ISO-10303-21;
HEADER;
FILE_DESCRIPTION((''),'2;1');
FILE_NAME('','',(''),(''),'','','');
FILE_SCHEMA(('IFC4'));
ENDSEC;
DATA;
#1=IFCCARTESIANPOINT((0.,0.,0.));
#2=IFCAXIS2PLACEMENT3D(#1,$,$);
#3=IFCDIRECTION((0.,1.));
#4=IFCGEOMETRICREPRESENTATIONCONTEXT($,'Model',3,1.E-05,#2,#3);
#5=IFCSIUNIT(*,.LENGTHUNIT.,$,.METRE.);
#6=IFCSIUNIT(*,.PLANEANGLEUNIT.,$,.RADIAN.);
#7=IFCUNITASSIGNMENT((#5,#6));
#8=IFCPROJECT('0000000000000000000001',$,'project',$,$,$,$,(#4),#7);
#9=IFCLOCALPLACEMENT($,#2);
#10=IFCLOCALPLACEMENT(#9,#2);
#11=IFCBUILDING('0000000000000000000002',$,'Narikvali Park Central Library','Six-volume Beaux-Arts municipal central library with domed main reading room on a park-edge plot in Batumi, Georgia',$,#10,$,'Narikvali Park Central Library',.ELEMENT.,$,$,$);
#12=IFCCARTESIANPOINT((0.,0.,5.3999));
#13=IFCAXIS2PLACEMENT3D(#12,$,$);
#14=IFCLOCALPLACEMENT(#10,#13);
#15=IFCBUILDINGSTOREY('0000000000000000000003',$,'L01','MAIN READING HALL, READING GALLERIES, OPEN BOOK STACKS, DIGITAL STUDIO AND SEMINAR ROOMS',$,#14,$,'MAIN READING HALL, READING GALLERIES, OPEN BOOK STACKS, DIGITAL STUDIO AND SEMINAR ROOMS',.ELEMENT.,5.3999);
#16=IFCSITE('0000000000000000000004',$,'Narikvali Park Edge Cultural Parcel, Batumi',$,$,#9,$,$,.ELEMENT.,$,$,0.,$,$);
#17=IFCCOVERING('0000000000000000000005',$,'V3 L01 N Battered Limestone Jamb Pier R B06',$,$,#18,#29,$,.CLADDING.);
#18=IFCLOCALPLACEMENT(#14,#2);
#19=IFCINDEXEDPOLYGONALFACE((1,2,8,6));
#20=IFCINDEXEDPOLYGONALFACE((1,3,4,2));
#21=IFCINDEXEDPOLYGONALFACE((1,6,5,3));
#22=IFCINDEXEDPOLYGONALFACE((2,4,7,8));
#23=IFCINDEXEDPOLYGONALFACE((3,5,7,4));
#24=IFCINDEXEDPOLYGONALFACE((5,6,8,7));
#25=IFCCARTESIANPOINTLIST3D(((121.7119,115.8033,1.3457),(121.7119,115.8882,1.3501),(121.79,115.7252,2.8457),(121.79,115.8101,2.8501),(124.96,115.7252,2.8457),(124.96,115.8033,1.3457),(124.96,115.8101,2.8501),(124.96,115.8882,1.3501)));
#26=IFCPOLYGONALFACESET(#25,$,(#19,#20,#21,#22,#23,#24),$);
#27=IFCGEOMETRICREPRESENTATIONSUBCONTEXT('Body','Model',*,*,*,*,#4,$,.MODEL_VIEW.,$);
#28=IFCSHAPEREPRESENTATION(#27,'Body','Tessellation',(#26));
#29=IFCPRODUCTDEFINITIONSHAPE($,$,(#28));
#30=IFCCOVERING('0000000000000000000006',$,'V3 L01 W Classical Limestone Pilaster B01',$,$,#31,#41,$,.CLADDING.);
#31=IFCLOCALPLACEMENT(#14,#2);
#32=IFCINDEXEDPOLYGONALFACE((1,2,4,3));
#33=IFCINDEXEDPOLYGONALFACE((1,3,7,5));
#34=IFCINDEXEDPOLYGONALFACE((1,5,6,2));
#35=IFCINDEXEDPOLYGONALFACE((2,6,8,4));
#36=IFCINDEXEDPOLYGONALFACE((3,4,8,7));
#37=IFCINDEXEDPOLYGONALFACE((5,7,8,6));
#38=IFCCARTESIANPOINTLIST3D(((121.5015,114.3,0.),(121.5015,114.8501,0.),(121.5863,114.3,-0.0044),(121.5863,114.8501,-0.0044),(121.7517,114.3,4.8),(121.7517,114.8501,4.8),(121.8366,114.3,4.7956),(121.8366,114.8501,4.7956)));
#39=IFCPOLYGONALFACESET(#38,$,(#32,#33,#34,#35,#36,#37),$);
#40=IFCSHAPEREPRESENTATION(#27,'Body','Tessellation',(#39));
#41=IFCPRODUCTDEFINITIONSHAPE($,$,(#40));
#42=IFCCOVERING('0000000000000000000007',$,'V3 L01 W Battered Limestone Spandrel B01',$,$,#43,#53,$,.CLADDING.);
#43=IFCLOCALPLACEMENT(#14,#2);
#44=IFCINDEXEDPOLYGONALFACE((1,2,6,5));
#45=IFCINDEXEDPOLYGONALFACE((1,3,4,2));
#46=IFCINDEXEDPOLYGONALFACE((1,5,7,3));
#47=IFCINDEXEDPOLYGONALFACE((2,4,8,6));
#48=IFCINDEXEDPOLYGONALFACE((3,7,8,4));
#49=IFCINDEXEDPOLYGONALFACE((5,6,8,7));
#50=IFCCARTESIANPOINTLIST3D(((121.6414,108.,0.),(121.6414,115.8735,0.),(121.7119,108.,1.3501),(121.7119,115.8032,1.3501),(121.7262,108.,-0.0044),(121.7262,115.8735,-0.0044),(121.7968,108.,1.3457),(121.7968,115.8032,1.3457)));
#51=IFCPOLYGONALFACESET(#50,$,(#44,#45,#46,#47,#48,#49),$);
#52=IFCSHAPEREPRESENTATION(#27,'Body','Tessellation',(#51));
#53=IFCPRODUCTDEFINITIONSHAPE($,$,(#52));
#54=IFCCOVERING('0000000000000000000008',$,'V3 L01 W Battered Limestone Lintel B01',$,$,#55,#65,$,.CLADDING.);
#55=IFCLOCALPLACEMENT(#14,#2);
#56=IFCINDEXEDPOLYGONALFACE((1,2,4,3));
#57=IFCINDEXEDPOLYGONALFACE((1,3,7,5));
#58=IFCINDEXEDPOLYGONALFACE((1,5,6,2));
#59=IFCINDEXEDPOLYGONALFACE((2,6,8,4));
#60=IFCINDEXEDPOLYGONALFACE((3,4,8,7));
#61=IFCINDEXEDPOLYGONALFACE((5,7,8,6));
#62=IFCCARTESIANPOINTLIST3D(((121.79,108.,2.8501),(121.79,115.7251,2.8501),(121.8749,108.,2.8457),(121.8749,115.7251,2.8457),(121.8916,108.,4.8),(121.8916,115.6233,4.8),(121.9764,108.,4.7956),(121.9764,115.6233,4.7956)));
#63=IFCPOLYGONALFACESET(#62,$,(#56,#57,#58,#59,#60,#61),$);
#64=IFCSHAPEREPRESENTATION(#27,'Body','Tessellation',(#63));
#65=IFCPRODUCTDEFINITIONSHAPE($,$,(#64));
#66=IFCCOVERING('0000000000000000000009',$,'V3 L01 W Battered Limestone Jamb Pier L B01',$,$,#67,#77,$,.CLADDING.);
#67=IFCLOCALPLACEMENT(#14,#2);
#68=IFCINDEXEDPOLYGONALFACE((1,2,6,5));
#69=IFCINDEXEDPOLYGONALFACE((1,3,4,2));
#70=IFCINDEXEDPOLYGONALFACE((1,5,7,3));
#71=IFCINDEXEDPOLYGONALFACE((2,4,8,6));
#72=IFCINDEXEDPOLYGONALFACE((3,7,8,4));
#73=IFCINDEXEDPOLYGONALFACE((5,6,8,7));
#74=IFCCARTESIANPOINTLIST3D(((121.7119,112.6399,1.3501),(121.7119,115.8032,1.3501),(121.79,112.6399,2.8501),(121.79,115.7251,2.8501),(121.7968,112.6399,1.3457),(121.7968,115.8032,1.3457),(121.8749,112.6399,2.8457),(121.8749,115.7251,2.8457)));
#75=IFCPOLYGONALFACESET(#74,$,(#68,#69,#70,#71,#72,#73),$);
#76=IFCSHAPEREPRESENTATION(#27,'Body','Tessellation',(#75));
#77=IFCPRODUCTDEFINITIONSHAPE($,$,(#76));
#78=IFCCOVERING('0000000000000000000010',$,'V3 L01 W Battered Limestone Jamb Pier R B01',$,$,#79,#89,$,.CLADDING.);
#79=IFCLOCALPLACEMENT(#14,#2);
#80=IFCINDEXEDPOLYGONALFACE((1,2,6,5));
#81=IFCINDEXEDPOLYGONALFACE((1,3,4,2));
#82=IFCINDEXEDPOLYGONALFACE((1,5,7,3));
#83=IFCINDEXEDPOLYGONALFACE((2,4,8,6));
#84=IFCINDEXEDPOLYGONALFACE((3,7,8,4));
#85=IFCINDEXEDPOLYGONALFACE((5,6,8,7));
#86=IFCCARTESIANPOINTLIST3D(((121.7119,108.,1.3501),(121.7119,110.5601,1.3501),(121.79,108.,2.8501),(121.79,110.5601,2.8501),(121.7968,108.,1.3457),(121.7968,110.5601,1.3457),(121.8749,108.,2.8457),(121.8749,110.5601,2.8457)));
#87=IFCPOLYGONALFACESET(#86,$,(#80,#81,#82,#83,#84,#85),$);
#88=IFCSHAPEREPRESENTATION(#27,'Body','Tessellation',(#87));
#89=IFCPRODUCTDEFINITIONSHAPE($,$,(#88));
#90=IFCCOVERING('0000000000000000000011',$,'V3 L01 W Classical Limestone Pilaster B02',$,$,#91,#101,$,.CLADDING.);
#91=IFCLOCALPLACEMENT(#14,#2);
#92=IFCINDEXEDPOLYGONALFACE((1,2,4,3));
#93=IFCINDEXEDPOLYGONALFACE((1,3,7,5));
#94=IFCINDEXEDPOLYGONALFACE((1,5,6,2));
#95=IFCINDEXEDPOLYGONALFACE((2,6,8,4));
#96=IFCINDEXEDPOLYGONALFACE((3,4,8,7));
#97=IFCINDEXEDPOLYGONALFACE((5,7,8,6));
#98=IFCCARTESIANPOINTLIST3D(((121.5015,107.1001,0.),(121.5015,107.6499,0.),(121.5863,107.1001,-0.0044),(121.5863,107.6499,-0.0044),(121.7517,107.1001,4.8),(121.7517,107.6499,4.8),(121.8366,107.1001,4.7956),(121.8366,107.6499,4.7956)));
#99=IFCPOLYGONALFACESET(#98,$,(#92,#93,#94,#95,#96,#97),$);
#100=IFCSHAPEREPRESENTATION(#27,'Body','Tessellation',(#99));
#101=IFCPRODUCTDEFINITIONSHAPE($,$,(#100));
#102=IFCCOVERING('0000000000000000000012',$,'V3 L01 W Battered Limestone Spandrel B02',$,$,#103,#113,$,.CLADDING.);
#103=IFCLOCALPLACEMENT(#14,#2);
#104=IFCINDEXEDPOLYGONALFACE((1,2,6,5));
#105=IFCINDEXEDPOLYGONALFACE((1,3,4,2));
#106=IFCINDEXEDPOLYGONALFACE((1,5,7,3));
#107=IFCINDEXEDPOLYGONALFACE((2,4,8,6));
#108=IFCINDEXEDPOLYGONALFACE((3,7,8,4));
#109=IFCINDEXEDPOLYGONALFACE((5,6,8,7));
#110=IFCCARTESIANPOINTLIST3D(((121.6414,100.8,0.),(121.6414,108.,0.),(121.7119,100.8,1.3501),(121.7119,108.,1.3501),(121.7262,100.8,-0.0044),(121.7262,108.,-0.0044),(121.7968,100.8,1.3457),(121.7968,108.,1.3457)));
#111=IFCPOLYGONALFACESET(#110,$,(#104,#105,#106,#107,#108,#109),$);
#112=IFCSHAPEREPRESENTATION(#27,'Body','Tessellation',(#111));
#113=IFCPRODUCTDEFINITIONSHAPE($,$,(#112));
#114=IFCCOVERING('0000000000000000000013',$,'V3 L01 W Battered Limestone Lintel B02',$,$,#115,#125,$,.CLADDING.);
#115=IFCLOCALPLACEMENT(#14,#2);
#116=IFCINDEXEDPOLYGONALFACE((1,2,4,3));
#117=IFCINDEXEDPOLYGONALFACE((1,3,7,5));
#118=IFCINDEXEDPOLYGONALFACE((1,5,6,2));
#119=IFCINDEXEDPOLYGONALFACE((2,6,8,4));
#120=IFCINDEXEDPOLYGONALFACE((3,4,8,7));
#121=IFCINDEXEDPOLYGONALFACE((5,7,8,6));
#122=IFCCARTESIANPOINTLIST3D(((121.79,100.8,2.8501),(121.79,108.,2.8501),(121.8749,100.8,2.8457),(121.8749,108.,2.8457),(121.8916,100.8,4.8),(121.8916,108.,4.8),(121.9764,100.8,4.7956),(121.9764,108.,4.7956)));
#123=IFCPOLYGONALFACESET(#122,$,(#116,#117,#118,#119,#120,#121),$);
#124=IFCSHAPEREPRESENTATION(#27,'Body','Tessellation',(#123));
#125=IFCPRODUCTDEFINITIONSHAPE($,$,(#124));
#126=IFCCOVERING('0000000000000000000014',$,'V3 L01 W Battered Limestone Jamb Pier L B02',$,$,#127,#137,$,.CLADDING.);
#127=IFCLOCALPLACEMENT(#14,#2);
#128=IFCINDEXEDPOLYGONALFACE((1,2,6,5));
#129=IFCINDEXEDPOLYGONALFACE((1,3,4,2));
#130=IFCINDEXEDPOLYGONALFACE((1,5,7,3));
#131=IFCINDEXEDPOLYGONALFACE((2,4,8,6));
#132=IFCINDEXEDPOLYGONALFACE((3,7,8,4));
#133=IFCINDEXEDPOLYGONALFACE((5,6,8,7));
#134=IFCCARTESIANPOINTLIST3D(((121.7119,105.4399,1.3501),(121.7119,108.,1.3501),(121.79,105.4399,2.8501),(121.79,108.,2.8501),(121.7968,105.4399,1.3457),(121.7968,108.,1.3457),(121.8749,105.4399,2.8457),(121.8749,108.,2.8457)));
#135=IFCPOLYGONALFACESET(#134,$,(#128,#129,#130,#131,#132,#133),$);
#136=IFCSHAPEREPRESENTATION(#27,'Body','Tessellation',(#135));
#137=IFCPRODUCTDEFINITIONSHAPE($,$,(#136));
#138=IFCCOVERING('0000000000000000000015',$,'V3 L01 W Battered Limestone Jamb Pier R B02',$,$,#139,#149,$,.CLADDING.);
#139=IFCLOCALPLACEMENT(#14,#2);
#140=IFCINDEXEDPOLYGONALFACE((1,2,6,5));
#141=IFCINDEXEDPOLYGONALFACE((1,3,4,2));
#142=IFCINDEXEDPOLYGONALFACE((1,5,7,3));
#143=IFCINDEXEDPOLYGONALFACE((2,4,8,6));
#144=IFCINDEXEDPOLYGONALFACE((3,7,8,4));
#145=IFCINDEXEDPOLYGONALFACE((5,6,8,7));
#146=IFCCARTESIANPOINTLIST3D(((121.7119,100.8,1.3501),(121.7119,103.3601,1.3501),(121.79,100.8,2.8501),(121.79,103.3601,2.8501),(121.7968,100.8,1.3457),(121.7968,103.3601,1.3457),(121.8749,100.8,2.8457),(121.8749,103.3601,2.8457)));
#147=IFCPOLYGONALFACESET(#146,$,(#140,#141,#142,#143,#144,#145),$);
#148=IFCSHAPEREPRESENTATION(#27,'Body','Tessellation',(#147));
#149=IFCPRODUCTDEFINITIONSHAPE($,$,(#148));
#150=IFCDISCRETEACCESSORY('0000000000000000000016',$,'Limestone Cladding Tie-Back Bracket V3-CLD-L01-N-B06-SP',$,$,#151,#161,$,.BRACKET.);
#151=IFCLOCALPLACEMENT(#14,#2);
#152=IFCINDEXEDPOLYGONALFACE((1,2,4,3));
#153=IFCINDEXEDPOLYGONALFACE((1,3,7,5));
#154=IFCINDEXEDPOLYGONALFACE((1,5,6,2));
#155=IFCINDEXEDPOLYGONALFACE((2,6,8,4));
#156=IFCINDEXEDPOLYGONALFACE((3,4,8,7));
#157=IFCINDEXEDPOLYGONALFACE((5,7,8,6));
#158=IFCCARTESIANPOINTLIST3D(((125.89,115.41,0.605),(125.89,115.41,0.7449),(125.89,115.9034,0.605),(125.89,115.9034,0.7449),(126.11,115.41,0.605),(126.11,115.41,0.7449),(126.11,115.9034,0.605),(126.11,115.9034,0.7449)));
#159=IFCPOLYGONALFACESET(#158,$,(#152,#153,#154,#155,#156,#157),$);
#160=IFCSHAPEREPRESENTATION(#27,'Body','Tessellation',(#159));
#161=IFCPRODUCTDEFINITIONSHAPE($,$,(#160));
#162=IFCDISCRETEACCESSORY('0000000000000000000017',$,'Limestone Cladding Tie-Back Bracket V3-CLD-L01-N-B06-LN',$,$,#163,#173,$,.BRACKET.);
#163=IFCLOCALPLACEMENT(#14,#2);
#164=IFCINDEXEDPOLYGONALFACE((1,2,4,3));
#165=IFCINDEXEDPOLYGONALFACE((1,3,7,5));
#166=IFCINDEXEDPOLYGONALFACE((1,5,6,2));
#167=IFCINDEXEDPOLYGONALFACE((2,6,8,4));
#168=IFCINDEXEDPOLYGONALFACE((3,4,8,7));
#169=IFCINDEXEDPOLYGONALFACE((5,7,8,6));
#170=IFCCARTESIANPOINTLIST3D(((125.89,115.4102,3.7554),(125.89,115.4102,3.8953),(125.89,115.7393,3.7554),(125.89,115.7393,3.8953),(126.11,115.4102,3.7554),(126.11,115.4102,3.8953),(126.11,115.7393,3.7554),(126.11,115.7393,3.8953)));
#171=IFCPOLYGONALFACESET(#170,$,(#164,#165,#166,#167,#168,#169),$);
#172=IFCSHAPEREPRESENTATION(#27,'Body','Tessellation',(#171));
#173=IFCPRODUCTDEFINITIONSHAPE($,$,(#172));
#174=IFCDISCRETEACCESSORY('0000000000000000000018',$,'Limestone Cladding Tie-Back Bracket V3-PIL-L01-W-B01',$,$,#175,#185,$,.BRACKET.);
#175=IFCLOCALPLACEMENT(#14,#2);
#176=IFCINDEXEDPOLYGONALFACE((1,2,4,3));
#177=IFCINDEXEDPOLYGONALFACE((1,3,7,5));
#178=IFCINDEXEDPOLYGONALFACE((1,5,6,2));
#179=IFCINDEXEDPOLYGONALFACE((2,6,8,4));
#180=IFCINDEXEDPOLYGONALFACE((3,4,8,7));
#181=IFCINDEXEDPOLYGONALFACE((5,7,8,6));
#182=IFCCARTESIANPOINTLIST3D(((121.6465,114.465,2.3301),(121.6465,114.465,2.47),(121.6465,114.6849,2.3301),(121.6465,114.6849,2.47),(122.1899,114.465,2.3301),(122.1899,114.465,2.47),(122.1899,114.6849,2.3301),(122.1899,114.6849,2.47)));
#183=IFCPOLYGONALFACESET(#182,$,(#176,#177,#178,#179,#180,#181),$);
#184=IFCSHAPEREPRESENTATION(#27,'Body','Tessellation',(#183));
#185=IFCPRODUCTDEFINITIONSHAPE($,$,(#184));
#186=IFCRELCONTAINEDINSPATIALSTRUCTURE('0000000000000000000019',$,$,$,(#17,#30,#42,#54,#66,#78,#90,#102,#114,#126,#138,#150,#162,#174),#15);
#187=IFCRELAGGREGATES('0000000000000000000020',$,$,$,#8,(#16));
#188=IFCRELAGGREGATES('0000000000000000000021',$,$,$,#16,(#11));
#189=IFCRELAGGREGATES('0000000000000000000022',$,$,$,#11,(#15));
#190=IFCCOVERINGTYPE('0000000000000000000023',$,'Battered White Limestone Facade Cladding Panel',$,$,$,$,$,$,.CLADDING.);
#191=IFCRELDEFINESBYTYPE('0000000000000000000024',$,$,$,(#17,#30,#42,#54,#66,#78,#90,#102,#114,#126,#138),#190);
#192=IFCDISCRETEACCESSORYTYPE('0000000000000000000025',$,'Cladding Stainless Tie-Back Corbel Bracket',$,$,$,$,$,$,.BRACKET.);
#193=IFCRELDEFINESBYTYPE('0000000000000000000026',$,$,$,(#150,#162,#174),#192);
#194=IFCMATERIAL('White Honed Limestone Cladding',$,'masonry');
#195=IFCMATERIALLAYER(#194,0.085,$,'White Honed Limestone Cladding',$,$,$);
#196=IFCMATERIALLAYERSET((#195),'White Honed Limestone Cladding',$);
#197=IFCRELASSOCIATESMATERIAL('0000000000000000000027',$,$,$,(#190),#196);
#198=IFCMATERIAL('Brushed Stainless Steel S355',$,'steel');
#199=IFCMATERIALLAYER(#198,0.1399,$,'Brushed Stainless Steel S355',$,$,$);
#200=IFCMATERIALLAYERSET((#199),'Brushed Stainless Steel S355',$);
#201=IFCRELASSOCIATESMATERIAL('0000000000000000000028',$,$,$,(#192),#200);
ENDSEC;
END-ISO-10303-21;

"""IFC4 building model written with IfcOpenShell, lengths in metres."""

from ifc_helpers import new_model, si_unit, direction, frame, origin, origin_2d, place, context, subcontext, project, spatial, polyline, rectangle, outline, extrude, material, layer, layer_set, type_object, element, save


model = new_model("IFC4")

# Units and contexts
model_context = context("Model", 3, precision=1e-05, world=origin(), true_north=direction((0.0, 1.0)))
body_context = subcontext(model_context, "Body", "Model", "MODEL_VIEW")
ifc_project = project(units=[si_unit("LENGTHUNIT", "METRE"), si_unit("PLANEANGLEUNIT", "RADIAN")], contexts=[model_context])

# Site, building, storey
site_placement = place(None, origin())
site = spatial("IfcSite", under=ifc_project, at=site_placement, Name="Narikvali Park Edge Cultural Parcel, Batumi", CompositionType="ELEMENT", RefElevation=0.0)
building_placement = place(site_placement, origin())
building = spatial("IfcBuilding", under=site, at=building_placement, Name="Narikvali Park Central Library", Description="Six-volume Beaux-Arts municipal central library with domed main reading room on a park-edge plot in Batumi, Georgia", LongName="Narikvali Park Central Library", CompositionType="ELEMENT")
storey_placement = place(building_placement, frame((0.0, 0.0, 5.3999)))
storey = spatial("IfcBuildingStorey", under=building, at=storey_placement, Name="L01", Description="MAIN READING HALL, READING GALLERIES, OPEN BOOK STACKS, DIGITAL STUDIO AND SEMINAR ROOMS", LongName="MAIN READING HALL, READING GALLERIES, OPEN BOOK STACKS, DIGITAL STUDIO AND SEMINAR ROOMS", CompositionType="ELEMENT", Elevation=5.3999)

# Coverings
ifc_material_1 = material(Name="White Honed Limestone Cladding", Category="masonry")
ifc_layer_1 = layer(ifc_material_1, 0.085, Name="White Honed Limestone Cladding")
ifc_layer_set_1 = layer_set([ifc_layer_1], Name="White Honed Limestone Cladding")
covering_type = type_object("IfcCoveringType", Name="Battered White Limestone Facade Cladding Panel", PredefinedType="CLADDING", material=ifc_layer_set_1)
covering_1_placement = place(storey_placement, frame((124.96, 115.8882, 1.3501), z_axis=(0.0, 0.998646, 0.052013), x_axis=(-1.0, 0.0, 0.0)))
element("IfcCovering", 1, at=covering_1_placement, inside=storey, type_object=covering_type, Name="V3 L01 N Battered Limestone Jamb Pier R B06", PredefinedType="CLADDING", context=body_context, shape_type="SweptSolid", body=[
    extrude(outline(polyline([(0.0, 0.0), (3.248, 0.0), (3.1699, 1.502), (0.0, 1.502), (0.0, 0.0)])), origin(), (0.0, 0.0, -1.0), 0.085),
])
covering_2_placement = place(storey_placement, frame((121.5015, 114.8501, 0.0), z_axis=(-0.998644, 0.0, 0.052063), x_axis=(0.0, -1.0, 0.0)))
element("IfcCovering", 2, at=covering_2_placement, inside=storey, type_object=covering_type, Name="V3 L01 W Classical Limestone Pilaster B01", PredefinedType="CLADDING", context=body_context, shape_type="SweptSolid", body=[
    extrude(outline(polyline([(0.0, 0.0), (0.55, 0.0), (0.55, 4.8066), (0.0, 4.8066), (0.0, 0.0)])), origin(), (0.0, 0.0, -1.0), 0.085),
])
covering_3_placement = place(storey_placement, frame((121.6414, 115.8735, 0.0), z_axis=(-0.998637, 0.0, 0.052189), x_axis=(0.0, -1.0, 0.0)))
element("IfcCovering", 3, at=covering_3_placement, inside=storey, type_object=covering_type, Name="V3 L01 W Battered Limestone Spandrel B01", PredefinedType="CLADDING", context=body_context, shape_type="SweptSolid", body=[
    extrude(outline(polyline([(0.0, 0.0), (7.8735, 0.0), (7.8735, 1.3519), (0.0703, 1.3519), (0.0, 0.0)])), origin(), (0.0, 0.0, -1.0), 0.085),
])
covering_4_placement = place(storey_placement, frame((121.79, 115.7251, 2.8501), z_axis=(-0.998646, 0.0, 0.052014), x_axis=(0.0, -1.0, 0.0)))
element("IfcCovering", 4, at=covering_4_placement, inside=storey, type_object=covering_type, Name="V3 L01 W Battered Limestone Lintel B01", PredefinedType="CLADDING", context=body_context, shape_type="SweptSolid", body=[
    extrude(outline(polyline([(0.0, 0.0), (7.7251, 0.0), (7.7251, 1.9526), (0.1018, 1.9526), (0.0, 0.0)])), origin(), (0.0, 0.0, -1.0), 0.085),
])
covering_5_placement = place(storey_placement, frame((121.7119, 115.8032, 1.3501), z_axis=(-0.998646, 0.0, 0.052013), x_axis=(0.0, -1.0, 0.0)))
element("IfcCovering", 5, at=covering_5_placement, inside=storey, type_object=covering_type, Name="V3 L01 W Battered Limestone Jamb Pier L B01", PredefinedType="CLADDING", context=body_context, shape_type="SweptSolid", body=[
    extrude(outline(polyline([(0.0, 0.0), (3.1633, 0.0), (3.1633, 1.502), (0.0781, 1.502), (0.0, 0.0)])), origin(), (0.0, 0.0, -1.0), 0.085),
])
covering_6_placement = place(storey_placement, frame((121.7119, 110.5601, 1.3501), z_axis=(-0.998646, 0.0, 0.052013), x_axis=(0.0, -1.0, 0.0)))
element("IfcCovering", 6, at=covering_6_placement, inside=storey, type_object=covering_type, Name="V3 L01 W Battered Limestone Jamb Pier R B01", PredefinedType="CLADDING", context=body_context, shape_type="SweptSolid", body=[
    extrude(outline(polyline([(0.0, 0.0), (2.5601, 0.0), (2.5601, 1.502), (0.0, 1.502), (0.0, 0.0)])), origin(), (0.0, 0.0, -1.0), 0.085),
])
covering_7_placement = place(storey_placement, frame((121.5015, 107.6499, 0.0), z_axis=(-0.998644, 0.0, 0.052063), x_axis=(0.0, -1.0, 0.0)))
element("IfcCovering", 7, at=covering_7_placement, inside=storey, type_object=covering_type, Name="V3 L01 W Classical Limestone Pilaster B02", PredefinedType="CLADDING", context=body_context, shape_type="SweptSolid", body=[
    extrude(outline(polyline([(0.0, 0.0), (0.5498, 0.0), (0.5498, 4.8066), (0.0, 4.8066), (0.0, 0.0)])), origin(), (0.0, 0.0, -1.0), 0.085),
])
covering_8_placement = place(storey_placement, frame((121.6414, 108.0, 0.0), z_axis=(-0.998637, 0.0, 0.052189), x_axis=(0.0, -1.0, 0.0)))
element("IfcCovering", 8, at=covering_8_placement, inside=storey, type_object=covering_type, Name="V3 L01 W Battered Limestone Spandrel B02", PredefinedType="CLADDING", context=body_context, shape_type="SweptSolid", body=[
    extrude(outline(polyline([(0.0, 0.0), (7.2, 0.0), (7.2, 1.3519), (0.0, 1.3519), (0.0, 0.0)])), origin(), (0.0, 0.0, -1.0), 0.085),
])
covering_9_placement = place(storey_placement, frame((121.79, 108.0, 2.8501), z_axis=(-0.998646, 0.0, 0.052014), x_axis=(0.0, -1.0, 0.0)))
element("IfcCovering", 9, at=covering_9_placement, inside=storey, type_object=covering_type, Name="V3 L01 W Battered Limestone Lintel B02", PredefinedType="CLADDING", context=body_context, shape_type="SweptSolid", body=[
    extrude(outline(polyline([(0.0, 0.0), (7.2, 0.0), (7.2, 1.9526), (0.0, 1.9526), (0.0, 0.0)])), origin(), (0.0, 0.0, -1.0), 0.085),
])
for number, where, z_axis, x_axis, name in (
    (10, (121.7119, 108.0, 1.3501), (-0.998646, 0.0, 0.052013), (0.0, -1.0, 0.0), "V3 L01 W Battered Limestone Jamb Pier L B02"),
    (11, (121.7119, 103.3601, 1.3501), (-0.998646, 0.0, 0.052013), (0.0, -1.0, 0.0), "V3 L01 W Battered Limestone Jamb Pier R B02"),
):
    element("IfcCovering", number, at=place(storey_placement, frame(where, z_axis=z_axis, x_axis=x_axis)), inside=storey, type_object=covering_type, Name=name, PredefinedType="CLADDING", context=body_context, shape_type="SweptSolid", body=[
        extrude(outline(polyline([(0.0, 0.0), (2.5601, 0.0), (2.5601, 1.502), (0.0, 1.502), (0.0, 0.0)])), origin(), (0.0, 0.0, -1.0), 0.085),
    ])

# Discrete accessories
ifc_material_2 = material(Name="Brushed Stainless Steel S355", Category="steel")
ifc_layer_2 = layer(ifc_material_2, 0.1399, Name="Brushed Stainless Steel S355")
ifc_layer_set_2 = layer_set([ifc_layer_2], Name="Brushed Stainless Steel S355")
discrete_accessory_type = type_object("IfcDiscreteAccessoryType", Name="Cladding Stainless Tie-Back Corbel Bracket", PredefinedType="BRACKET", material=ifc_layer_set_2)
discrete_accessory_1_placement = place(storey_placement, frame((126.0, 115.6567, 0.605), z_axis=(0.0, 0.0, 1.0), x_axis=(1.0, 0.0, 0.0)))
element("IfcDiscreteAccessory", 12, at=discrete_accessory_1_placement, inside=storey, type_object=discrete_accessory_type, Name="Limestone Cladding Tie-Back Bracket V3-CLD-L01-N-B06-SP", PredefinedType="BRACKET", context=body_context, shape_type="SweptSolid", body=[
    extrude(rectangle(XDim=0.22, YDim=0.4934, at=origin_2d()), origin(), (0.0, 0.0, 1.0), 0.1399),
])
discrete_accessory_2_placement = place(storey_placement, frame((126.0, 115.5747, 3.7554), z_axis=(0.0, 0.0, 1.0), x_axis=(1.0, 0.0, 0.0)))
element("IfcDiscreteAccessory", 13, at=discrete_accessory_2_placement, inside=storey, type_object=discrete_accessory_type, Name="Limestone Cladding Tie-Back Bracket V3-CLD-L01-N-B06-LN", PredefinedType="BRACKET", context=body_context, shape_type="SweptSolid", body=[
    extrude(rectangle(XDim=0.22, YDim=0.3291, at=origin_2d()), origin(), (0.0, 0.0, 1.0), 0.1399),
])
discrete_accessory_3_placement = place(storey_placement, frame((121.9182, 114.575, 2.3301), z_axis=(0.0, 0.0, 1.0), x_axis=(1.0, 0.0, 0.0)))
element("IfcDiscreteAccessory", 14, at=discrete_accessory_3_placement, inside=storey, type_object=discrete_accessory_type, Name="Limestone Cladding Tie-Back Bracket V3-PIL-L01-W-B01", PredefinedType="BRACKET", context=body_context, shape_type="SweptSolid", body=[
    extrude(rectangle(XDim=0.5435, YDim=0.22, at=origin_2d()), origin(), (0.0, 0.0, 1.0), 0.1399),
])

save(model, "model.ifc")
